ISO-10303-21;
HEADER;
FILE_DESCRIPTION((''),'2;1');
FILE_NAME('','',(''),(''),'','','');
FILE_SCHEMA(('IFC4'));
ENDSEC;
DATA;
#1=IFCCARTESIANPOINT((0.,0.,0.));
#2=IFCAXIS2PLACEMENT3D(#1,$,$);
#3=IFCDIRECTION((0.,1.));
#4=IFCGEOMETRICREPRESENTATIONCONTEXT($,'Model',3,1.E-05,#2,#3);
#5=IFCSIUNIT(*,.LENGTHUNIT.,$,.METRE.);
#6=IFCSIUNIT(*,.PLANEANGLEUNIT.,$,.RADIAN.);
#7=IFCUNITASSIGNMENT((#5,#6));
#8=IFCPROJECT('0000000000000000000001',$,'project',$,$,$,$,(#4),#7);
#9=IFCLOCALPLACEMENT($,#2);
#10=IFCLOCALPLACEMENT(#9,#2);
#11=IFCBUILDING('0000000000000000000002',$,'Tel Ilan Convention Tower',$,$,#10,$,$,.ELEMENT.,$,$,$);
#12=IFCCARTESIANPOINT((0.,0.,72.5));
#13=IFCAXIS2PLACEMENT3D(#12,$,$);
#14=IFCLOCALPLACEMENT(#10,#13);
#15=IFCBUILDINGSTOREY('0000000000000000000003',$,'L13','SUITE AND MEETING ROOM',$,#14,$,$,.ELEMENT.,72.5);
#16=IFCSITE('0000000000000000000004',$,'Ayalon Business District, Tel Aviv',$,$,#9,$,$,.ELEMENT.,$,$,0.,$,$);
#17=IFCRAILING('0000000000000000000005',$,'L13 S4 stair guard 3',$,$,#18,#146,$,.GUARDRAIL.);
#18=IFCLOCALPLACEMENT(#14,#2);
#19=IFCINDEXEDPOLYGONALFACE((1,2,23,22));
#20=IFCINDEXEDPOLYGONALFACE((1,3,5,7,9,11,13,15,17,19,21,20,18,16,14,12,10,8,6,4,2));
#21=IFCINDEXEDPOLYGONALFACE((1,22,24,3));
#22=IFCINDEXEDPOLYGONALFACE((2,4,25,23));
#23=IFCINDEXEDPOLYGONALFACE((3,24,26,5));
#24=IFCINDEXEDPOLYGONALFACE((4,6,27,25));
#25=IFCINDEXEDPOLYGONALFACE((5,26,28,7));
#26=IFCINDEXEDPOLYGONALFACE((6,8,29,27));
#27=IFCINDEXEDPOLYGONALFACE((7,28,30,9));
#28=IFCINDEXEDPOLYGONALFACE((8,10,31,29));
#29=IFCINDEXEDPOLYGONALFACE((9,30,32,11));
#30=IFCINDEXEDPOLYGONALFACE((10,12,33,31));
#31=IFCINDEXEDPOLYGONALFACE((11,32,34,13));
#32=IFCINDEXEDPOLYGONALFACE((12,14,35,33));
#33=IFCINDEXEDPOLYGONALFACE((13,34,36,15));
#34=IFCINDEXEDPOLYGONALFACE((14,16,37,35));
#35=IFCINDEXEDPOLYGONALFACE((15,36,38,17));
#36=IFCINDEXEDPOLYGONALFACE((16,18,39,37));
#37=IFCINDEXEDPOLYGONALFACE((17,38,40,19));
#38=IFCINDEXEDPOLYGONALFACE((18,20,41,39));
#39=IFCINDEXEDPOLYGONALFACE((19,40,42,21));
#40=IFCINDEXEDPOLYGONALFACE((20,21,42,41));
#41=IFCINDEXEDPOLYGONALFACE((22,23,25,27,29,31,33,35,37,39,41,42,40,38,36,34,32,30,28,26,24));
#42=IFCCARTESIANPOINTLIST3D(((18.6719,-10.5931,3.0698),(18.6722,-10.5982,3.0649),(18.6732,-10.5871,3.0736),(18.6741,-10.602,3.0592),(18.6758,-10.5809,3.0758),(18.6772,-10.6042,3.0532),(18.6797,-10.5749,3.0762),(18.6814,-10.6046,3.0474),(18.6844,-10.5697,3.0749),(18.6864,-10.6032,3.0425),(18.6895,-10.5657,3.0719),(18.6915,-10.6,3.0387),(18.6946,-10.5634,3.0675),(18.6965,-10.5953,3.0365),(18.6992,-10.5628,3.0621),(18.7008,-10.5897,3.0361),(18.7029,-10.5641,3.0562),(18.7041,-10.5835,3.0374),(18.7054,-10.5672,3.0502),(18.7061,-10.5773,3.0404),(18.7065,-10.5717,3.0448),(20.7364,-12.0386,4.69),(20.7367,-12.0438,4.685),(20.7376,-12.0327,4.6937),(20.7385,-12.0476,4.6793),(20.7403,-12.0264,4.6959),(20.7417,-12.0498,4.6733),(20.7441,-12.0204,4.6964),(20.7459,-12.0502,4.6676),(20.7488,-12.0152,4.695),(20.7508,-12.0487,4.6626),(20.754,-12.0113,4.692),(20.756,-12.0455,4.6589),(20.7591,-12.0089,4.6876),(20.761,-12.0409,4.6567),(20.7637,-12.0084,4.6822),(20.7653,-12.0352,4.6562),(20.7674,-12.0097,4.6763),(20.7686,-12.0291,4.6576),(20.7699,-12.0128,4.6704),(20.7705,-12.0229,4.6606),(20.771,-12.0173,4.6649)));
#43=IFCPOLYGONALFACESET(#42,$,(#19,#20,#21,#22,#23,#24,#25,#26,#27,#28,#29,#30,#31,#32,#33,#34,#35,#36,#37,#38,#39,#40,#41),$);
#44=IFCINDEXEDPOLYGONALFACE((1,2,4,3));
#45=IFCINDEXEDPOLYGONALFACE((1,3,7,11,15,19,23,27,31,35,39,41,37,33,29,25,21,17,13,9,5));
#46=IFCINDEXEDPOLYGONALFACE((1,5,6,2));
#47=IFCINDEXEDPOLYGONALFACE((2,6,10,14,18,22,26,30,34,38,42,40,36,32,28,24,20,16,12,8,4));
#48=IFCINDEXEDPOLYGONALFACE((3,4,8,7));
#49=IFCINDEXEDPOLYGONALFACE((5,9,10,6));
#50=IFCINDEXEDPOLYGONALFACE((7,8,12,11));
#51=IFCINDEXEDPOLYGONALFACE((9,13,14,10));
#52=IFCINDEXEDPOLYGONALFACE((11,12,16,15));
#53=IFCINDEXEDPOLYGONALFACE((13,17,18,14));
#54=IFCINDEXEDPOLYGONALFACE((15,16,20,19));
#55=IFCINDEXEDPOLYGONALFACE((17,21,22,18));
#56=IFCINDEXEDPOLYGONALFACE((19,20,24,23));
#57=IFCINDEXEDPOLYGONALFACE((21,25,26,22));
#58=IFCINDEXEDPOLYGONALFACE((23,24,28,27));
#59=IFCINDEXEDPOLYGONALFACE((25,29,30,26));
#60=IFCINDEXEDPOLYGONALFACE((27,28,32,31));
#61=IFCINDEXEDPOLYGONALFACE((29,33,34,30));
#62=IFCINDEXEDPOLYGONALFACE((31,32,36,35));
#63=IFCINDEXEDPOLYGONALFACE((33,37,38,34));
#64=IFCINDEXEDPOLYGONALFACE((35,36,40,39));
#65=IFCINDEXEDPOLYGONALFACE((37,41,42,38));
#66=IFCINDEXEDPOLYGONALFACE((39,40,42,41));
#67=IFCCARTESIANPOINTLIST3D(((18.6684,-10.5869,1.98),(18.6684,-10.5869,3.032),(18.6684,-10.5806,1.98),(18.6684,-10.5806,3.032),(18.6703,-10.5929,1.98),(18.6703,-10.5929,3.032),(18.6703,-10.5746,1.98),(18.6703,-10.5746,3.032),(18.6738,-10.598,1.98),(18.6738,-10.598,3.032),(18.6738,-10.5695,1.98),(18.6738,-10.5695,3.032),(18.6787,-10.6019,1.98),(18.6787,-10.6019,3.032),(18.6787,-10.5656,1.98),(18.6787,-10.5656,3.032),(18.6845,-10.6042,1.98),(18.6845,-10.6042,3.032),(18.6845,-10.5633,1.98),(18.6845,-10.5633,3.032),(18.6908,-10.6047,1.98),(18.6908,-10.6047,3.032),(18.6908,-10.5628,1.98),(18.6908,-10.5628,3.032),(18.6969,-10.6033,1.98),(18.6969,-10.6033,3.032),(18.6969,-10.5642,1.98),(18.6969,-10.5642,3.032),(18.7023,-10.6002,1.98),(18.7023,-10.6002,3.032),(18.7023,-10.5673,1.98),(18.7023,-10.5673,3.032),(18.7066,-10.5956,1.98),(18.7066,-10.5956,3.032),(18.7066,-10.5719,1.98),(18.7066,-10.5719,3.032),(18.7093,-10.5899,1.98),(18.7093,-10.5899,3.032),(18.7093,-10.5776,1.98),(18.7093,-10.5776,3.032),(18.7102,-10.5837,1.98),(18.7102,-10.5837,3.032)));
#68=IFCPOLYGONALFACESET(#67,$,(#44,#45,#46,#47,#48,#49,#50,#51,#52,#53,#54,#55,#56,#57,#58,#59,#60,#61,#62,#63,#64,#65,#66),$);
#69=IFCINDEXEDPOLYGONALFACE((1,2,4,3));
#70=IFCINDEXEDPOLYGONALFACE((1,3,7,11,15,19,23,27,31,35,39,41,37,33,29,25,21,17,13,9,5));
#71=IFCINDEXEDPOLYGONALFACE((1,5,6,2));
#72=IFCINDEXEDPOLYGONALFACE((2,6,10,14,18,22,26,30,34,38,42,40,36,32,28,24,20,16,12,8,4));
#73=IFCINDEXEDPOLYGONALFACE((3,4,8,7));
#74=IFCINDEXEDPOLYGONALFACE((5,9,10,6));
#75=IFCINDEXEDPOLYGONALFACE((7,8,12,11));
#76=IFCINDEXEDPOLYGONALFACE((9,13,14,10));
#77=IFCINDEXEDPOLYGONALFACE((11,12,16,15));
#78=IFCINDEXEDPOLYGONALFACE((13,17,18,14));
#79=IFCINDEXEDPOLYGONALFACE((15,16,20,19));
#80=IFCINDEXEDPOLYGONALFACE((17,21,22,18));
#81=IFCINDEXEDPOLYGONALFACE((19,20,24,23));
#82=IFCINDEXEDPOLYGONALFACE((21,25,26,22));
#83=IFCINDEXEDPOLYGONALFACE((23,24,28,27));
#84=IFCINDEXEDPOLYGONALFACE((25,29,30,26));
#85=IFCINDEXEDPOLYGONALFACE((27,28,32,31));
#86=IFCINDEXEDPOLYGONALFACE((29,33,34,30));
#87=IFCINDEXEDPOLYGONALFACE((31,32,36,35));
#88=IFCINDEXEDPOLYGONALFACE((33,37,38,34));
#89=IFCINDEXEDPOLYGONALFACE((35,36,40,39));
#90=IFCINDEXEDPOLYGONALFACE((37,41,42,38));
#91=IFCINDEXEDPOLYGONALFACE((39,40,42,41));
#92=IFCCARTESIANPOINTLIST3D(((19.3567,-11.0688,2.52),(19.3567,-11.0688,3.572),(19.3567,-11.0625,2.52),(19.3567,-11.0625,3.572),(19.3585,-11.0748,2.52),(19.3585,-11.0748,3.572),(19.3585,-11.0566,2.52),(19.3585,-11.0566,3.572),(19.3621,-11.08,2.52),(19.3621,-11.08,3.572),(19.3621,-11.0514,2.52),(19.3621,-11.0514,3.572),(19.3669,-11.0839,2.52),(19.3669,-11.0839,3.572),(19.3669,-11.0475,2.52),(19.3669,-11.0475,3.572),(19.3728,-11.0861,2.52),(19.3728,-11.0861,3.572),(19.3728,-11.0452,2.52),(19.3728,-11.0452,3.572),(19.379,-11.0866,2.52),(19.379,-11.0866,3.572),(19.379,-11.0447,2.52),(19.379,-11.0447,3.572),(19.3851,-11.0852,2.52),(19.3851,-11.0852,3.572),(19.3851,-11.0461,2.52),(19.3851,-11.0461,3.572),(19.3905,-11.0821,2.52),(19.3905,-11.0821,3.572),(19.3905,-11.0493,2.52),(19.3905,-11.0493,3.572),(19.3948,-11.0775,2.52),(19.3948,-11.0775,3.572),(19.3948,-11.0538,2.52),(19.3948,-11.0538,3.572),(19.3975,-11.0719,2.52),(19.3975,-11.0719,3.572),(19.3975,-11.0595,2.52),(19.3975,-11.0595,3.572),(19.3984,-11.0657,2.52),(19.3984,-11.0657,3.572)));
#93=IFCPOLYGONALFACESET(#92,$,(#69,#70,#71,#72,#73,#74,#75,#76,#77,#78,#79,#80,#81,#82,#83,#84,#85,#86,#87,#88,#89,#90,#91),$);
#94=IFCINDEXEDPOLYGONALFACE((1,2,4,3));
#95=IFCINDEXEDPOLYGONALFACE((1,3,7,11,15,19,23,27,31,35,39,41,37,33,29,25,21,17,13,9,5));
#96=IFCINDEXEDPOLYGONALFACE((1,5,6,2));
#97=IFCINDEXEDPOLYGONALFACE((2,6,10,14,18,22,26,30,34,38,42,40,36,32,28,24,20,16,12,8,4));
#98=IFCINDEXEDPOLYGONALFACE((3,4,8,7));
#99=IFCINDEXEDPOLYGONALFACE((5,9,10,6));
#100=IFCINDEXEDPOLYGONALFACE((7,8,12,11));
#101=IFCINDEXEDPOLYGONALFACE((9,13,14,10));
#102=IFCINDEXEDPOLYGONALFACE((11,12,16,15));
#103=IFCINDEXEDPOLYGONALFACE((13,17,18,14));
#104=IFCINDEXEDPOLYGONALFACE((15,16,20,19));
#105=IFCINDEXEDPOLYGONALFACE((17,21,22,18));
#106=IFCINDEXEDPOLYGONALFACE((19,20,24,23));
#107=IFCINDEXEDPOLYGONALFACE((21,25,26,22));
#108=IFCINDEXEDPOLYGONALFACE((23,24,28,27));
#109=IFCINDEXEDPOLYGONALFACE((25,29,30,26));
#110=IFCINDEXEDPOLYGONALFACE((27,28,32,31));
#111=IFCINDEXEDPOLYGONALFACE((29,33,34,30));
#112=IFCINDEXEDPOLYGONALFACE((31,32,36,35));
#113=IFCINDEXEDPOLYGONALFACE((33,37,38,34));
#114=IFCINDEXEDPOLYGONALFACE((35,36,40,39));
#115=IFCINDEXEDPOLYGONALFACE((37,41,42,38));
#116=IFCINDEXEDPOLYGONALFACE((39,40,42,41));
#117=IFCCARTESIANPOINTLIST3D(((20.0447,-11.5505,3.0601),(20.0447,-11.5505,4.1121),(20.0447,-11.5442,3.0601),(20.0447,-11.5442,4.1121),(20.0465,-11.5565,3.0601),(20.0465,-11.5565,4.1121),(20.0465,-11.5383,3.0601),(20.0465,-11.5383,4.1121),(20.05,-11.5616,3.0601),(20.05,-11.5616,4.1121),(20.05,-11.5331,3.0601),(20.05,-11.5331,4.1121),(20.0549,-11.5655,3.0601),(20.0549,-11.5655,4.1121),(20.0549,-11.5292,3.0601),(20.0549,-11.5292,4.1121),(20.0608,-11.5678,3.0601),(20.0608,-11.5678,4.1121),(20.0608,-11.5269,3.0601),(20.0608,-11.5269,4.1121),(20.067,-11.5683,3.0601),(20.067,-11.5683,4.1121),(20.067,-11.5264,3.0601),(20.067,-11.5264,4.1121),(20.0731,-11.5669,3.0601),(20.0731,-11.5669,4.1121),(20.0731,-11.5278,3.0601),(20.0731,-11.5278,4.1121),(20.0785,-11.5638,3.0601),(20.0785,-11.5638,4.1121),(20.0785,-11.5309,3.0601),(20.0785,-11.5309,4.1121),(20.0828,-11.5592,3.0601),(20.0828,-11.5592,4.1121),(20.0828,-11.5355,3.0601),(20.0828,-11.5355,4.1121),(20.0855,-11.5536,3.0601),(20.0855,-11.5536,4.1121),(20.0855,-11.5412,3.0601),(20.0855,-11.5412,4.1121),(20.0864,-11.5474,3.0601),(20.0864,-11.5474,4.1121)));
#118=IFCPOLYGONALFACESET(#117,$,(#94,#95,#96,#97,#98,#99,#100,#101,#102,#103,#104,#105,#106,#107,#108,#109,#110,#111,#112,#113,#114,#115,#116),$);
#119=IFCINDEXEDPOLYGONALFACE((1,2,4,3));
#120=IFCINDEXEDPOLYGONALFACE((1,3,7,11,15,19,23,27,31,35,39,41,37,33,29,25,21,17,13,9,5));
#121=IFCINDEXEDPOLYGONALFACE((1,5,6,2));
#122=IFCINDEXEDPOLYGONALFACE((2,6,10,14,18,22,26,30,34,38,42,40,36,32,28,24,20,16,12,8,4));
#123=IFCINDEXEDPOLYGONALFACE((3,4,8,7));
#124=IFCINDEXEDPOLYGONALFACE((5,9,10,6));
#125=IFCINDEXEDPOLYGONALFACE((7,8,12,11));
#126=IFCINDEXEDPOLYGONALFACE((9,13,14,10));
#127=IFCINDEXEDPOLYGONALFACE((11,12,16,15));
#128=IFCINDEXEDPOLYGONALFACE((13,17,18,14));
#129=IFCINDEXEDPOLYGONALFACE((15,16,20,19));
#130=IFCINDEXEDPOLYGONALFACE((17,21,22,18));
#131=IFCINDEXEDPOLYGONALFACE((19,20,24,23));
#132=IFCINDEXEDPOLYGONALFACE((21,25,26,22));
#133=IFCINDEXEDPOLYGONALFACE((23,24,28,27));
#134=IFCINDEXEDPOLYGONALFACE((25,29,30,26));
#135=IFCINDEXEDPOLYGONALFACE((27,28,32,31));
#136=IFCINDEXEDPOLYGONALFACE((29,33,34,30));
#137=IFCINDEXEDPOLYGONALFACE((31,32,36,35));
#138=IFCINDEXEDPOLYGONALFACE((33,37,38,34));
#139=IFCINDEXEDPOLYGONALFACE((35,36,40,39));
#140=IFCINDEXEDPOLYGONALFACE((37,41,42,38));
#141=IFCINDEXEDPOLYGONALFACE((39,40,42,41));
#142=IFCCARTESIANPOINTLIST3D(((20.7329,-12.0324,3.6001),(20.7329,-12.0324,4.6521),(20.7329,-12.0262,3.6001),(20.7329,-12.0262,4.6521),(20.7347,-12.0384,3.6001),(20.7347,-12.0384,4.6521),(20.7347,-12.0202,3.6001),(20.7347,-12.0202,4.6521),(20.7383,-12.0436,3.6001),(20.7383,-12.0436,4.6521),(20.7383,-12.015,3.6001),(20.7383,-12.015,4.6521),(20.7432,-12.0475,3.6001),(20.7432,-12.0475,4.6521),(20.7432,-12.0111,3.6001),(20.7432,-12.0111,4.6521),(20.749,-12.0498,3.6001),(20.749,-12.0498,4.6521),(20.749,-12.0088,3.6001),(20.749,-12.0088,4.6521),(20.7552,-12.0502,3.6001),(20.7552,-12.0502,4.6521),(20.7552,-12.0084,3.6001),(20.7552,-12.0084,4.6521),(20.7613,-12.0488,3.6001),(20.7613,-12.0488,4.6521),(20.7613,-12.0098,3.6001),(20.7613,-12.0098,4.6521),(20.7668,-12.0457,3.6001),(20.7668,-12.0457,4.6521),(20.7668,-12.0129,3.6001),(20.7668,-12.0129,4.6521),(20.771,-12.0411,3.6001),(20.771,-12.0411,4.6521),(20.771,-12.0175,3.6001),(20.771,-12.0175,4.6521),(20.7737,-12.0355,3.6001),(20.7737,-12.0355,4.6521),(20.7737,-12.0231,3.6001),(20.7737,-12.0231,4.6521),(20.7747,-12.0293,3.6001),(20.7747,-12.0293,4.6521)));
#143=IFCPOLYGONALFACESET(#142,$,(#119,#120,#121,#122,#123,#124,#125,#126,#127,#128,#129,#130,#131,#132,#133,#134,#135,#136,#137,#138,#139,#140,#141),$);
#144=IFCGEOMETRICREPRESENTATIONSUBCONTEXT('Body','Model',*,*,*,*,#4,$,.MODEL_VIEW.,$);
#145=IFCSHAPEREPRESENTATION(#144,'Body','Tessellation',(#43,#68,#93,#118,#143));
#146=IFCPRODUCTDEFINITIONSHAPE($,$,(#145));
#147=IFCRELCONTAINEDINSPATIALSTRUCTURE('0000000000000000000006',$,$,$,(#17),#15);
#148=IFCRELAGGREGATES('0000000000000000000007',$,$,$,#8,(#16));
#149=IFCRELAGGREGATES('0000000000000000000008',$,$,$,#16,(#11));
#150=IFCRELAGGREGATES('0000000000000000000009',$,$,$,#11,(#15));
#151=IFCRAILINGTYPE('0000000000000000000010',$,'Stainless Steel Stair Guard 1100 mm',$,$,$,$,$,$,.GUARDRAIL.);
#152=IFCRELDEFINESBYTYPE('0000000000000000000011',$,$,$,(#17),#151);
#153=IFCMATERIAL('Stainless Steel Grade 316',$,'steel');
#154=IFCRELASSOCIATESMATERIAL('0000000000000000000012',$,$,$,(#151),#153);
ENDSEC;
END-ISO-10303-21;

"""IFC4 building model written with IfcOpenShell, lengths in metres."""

from ifc_helpers import new_model, si_unit, direction, frame, origin, origin_2d, place, context, subcontext, project, spatial, circle, extrude, material, type_object, element, save


model = new_model("IFC4")

# Units and contexts
model_context = context("Model", 3, precision=1e-05, world=origin(), true_north=direction((0.0, 1.0)))
body_context = subcontext(model_context, "Body", "Model", "MODEL_VIEW")
ifc_project = project(units=[si_unit("LENGTHUNIT", "METRE"), si_unit("PLANEANGLEUNIT", "RADIAN")], contexts=[model_context])

# Site, building, storey
site_placement = place(None, origin())
site = spatial("IfcSite", under=ifc_project, at=site_placement, Name="Ayalon Business District, Tel Aviv", CompositionType="ELEMENT", RefElevation=0.0)
building_placement = place(site_placement, origin())
building = spatial("IfcBuilding", under=site, at=building_placement, Name="Tel Ilan Convention Tower", CompositionType="ELEMENT")
storey_placement = place(building_placement, frame((0.0, 0.0, 72.5)))
storey = spatial("IfcBuildingStorey", under=building, at=storey_placement, Name="L13", Description="SUITE AND MEETING ROOM", CompositionType="ELEMENT", Elevation=72.5)

# Railing
ifc_material_1 = material(Name="Stainless Steel Grade 316", Category="steel")
railing_type_1 = type_object("IfcRailingType", Name="Stainless Steel Stair Guard 1100 mm", PredefinedType="GUARDRAIL", material=ifc_material_1)
railing_1_placement = place(storey_placement, frame((18.6892, -10.5837, 1.98)))
element("IfcRailing", 1, at=railing_1_placement, inside=storey, type_object=railing_type_1, Name="L13 S4 stair guard 3", PredefinedType="GUARDRAIL", context=body_context, shape_type="SweptSolid", body=[
    extrude(circle(Radius=0.0239, at=origin_2d()), frame((0.0, 0.0, 1.0762), z_axis=(0.689056, -0.482486, 0.540749), x_axis=(0.573579, 0.81915, 0.0)), (0.0, 0.0, 1.0), 2.9961),
    extrude(circle(Radius=0.021, at=origin_2d()), origin(), (0.0, 0.0, 1.0), 1.052),
    extrude(circle(Radius=0.021, at=origin_2d()), frame((0.6882, -0.4819, 0.54)), (0.0, 0.0, 1.0), 1.052),
    extrude(circle(Radius=0.021, at=origin_2d()), frame((1.3762, -0.9636, 1.0801)), (0.0, 0.0, 1.0), 1.052),
    extrude(circle(Radius=0.021, at=origin_2d()), frame((2.0645, -1.4456, 1.6201)), (0.0, 0.0, 1.0), 1.052),
])

save(model, "model.ifc")
